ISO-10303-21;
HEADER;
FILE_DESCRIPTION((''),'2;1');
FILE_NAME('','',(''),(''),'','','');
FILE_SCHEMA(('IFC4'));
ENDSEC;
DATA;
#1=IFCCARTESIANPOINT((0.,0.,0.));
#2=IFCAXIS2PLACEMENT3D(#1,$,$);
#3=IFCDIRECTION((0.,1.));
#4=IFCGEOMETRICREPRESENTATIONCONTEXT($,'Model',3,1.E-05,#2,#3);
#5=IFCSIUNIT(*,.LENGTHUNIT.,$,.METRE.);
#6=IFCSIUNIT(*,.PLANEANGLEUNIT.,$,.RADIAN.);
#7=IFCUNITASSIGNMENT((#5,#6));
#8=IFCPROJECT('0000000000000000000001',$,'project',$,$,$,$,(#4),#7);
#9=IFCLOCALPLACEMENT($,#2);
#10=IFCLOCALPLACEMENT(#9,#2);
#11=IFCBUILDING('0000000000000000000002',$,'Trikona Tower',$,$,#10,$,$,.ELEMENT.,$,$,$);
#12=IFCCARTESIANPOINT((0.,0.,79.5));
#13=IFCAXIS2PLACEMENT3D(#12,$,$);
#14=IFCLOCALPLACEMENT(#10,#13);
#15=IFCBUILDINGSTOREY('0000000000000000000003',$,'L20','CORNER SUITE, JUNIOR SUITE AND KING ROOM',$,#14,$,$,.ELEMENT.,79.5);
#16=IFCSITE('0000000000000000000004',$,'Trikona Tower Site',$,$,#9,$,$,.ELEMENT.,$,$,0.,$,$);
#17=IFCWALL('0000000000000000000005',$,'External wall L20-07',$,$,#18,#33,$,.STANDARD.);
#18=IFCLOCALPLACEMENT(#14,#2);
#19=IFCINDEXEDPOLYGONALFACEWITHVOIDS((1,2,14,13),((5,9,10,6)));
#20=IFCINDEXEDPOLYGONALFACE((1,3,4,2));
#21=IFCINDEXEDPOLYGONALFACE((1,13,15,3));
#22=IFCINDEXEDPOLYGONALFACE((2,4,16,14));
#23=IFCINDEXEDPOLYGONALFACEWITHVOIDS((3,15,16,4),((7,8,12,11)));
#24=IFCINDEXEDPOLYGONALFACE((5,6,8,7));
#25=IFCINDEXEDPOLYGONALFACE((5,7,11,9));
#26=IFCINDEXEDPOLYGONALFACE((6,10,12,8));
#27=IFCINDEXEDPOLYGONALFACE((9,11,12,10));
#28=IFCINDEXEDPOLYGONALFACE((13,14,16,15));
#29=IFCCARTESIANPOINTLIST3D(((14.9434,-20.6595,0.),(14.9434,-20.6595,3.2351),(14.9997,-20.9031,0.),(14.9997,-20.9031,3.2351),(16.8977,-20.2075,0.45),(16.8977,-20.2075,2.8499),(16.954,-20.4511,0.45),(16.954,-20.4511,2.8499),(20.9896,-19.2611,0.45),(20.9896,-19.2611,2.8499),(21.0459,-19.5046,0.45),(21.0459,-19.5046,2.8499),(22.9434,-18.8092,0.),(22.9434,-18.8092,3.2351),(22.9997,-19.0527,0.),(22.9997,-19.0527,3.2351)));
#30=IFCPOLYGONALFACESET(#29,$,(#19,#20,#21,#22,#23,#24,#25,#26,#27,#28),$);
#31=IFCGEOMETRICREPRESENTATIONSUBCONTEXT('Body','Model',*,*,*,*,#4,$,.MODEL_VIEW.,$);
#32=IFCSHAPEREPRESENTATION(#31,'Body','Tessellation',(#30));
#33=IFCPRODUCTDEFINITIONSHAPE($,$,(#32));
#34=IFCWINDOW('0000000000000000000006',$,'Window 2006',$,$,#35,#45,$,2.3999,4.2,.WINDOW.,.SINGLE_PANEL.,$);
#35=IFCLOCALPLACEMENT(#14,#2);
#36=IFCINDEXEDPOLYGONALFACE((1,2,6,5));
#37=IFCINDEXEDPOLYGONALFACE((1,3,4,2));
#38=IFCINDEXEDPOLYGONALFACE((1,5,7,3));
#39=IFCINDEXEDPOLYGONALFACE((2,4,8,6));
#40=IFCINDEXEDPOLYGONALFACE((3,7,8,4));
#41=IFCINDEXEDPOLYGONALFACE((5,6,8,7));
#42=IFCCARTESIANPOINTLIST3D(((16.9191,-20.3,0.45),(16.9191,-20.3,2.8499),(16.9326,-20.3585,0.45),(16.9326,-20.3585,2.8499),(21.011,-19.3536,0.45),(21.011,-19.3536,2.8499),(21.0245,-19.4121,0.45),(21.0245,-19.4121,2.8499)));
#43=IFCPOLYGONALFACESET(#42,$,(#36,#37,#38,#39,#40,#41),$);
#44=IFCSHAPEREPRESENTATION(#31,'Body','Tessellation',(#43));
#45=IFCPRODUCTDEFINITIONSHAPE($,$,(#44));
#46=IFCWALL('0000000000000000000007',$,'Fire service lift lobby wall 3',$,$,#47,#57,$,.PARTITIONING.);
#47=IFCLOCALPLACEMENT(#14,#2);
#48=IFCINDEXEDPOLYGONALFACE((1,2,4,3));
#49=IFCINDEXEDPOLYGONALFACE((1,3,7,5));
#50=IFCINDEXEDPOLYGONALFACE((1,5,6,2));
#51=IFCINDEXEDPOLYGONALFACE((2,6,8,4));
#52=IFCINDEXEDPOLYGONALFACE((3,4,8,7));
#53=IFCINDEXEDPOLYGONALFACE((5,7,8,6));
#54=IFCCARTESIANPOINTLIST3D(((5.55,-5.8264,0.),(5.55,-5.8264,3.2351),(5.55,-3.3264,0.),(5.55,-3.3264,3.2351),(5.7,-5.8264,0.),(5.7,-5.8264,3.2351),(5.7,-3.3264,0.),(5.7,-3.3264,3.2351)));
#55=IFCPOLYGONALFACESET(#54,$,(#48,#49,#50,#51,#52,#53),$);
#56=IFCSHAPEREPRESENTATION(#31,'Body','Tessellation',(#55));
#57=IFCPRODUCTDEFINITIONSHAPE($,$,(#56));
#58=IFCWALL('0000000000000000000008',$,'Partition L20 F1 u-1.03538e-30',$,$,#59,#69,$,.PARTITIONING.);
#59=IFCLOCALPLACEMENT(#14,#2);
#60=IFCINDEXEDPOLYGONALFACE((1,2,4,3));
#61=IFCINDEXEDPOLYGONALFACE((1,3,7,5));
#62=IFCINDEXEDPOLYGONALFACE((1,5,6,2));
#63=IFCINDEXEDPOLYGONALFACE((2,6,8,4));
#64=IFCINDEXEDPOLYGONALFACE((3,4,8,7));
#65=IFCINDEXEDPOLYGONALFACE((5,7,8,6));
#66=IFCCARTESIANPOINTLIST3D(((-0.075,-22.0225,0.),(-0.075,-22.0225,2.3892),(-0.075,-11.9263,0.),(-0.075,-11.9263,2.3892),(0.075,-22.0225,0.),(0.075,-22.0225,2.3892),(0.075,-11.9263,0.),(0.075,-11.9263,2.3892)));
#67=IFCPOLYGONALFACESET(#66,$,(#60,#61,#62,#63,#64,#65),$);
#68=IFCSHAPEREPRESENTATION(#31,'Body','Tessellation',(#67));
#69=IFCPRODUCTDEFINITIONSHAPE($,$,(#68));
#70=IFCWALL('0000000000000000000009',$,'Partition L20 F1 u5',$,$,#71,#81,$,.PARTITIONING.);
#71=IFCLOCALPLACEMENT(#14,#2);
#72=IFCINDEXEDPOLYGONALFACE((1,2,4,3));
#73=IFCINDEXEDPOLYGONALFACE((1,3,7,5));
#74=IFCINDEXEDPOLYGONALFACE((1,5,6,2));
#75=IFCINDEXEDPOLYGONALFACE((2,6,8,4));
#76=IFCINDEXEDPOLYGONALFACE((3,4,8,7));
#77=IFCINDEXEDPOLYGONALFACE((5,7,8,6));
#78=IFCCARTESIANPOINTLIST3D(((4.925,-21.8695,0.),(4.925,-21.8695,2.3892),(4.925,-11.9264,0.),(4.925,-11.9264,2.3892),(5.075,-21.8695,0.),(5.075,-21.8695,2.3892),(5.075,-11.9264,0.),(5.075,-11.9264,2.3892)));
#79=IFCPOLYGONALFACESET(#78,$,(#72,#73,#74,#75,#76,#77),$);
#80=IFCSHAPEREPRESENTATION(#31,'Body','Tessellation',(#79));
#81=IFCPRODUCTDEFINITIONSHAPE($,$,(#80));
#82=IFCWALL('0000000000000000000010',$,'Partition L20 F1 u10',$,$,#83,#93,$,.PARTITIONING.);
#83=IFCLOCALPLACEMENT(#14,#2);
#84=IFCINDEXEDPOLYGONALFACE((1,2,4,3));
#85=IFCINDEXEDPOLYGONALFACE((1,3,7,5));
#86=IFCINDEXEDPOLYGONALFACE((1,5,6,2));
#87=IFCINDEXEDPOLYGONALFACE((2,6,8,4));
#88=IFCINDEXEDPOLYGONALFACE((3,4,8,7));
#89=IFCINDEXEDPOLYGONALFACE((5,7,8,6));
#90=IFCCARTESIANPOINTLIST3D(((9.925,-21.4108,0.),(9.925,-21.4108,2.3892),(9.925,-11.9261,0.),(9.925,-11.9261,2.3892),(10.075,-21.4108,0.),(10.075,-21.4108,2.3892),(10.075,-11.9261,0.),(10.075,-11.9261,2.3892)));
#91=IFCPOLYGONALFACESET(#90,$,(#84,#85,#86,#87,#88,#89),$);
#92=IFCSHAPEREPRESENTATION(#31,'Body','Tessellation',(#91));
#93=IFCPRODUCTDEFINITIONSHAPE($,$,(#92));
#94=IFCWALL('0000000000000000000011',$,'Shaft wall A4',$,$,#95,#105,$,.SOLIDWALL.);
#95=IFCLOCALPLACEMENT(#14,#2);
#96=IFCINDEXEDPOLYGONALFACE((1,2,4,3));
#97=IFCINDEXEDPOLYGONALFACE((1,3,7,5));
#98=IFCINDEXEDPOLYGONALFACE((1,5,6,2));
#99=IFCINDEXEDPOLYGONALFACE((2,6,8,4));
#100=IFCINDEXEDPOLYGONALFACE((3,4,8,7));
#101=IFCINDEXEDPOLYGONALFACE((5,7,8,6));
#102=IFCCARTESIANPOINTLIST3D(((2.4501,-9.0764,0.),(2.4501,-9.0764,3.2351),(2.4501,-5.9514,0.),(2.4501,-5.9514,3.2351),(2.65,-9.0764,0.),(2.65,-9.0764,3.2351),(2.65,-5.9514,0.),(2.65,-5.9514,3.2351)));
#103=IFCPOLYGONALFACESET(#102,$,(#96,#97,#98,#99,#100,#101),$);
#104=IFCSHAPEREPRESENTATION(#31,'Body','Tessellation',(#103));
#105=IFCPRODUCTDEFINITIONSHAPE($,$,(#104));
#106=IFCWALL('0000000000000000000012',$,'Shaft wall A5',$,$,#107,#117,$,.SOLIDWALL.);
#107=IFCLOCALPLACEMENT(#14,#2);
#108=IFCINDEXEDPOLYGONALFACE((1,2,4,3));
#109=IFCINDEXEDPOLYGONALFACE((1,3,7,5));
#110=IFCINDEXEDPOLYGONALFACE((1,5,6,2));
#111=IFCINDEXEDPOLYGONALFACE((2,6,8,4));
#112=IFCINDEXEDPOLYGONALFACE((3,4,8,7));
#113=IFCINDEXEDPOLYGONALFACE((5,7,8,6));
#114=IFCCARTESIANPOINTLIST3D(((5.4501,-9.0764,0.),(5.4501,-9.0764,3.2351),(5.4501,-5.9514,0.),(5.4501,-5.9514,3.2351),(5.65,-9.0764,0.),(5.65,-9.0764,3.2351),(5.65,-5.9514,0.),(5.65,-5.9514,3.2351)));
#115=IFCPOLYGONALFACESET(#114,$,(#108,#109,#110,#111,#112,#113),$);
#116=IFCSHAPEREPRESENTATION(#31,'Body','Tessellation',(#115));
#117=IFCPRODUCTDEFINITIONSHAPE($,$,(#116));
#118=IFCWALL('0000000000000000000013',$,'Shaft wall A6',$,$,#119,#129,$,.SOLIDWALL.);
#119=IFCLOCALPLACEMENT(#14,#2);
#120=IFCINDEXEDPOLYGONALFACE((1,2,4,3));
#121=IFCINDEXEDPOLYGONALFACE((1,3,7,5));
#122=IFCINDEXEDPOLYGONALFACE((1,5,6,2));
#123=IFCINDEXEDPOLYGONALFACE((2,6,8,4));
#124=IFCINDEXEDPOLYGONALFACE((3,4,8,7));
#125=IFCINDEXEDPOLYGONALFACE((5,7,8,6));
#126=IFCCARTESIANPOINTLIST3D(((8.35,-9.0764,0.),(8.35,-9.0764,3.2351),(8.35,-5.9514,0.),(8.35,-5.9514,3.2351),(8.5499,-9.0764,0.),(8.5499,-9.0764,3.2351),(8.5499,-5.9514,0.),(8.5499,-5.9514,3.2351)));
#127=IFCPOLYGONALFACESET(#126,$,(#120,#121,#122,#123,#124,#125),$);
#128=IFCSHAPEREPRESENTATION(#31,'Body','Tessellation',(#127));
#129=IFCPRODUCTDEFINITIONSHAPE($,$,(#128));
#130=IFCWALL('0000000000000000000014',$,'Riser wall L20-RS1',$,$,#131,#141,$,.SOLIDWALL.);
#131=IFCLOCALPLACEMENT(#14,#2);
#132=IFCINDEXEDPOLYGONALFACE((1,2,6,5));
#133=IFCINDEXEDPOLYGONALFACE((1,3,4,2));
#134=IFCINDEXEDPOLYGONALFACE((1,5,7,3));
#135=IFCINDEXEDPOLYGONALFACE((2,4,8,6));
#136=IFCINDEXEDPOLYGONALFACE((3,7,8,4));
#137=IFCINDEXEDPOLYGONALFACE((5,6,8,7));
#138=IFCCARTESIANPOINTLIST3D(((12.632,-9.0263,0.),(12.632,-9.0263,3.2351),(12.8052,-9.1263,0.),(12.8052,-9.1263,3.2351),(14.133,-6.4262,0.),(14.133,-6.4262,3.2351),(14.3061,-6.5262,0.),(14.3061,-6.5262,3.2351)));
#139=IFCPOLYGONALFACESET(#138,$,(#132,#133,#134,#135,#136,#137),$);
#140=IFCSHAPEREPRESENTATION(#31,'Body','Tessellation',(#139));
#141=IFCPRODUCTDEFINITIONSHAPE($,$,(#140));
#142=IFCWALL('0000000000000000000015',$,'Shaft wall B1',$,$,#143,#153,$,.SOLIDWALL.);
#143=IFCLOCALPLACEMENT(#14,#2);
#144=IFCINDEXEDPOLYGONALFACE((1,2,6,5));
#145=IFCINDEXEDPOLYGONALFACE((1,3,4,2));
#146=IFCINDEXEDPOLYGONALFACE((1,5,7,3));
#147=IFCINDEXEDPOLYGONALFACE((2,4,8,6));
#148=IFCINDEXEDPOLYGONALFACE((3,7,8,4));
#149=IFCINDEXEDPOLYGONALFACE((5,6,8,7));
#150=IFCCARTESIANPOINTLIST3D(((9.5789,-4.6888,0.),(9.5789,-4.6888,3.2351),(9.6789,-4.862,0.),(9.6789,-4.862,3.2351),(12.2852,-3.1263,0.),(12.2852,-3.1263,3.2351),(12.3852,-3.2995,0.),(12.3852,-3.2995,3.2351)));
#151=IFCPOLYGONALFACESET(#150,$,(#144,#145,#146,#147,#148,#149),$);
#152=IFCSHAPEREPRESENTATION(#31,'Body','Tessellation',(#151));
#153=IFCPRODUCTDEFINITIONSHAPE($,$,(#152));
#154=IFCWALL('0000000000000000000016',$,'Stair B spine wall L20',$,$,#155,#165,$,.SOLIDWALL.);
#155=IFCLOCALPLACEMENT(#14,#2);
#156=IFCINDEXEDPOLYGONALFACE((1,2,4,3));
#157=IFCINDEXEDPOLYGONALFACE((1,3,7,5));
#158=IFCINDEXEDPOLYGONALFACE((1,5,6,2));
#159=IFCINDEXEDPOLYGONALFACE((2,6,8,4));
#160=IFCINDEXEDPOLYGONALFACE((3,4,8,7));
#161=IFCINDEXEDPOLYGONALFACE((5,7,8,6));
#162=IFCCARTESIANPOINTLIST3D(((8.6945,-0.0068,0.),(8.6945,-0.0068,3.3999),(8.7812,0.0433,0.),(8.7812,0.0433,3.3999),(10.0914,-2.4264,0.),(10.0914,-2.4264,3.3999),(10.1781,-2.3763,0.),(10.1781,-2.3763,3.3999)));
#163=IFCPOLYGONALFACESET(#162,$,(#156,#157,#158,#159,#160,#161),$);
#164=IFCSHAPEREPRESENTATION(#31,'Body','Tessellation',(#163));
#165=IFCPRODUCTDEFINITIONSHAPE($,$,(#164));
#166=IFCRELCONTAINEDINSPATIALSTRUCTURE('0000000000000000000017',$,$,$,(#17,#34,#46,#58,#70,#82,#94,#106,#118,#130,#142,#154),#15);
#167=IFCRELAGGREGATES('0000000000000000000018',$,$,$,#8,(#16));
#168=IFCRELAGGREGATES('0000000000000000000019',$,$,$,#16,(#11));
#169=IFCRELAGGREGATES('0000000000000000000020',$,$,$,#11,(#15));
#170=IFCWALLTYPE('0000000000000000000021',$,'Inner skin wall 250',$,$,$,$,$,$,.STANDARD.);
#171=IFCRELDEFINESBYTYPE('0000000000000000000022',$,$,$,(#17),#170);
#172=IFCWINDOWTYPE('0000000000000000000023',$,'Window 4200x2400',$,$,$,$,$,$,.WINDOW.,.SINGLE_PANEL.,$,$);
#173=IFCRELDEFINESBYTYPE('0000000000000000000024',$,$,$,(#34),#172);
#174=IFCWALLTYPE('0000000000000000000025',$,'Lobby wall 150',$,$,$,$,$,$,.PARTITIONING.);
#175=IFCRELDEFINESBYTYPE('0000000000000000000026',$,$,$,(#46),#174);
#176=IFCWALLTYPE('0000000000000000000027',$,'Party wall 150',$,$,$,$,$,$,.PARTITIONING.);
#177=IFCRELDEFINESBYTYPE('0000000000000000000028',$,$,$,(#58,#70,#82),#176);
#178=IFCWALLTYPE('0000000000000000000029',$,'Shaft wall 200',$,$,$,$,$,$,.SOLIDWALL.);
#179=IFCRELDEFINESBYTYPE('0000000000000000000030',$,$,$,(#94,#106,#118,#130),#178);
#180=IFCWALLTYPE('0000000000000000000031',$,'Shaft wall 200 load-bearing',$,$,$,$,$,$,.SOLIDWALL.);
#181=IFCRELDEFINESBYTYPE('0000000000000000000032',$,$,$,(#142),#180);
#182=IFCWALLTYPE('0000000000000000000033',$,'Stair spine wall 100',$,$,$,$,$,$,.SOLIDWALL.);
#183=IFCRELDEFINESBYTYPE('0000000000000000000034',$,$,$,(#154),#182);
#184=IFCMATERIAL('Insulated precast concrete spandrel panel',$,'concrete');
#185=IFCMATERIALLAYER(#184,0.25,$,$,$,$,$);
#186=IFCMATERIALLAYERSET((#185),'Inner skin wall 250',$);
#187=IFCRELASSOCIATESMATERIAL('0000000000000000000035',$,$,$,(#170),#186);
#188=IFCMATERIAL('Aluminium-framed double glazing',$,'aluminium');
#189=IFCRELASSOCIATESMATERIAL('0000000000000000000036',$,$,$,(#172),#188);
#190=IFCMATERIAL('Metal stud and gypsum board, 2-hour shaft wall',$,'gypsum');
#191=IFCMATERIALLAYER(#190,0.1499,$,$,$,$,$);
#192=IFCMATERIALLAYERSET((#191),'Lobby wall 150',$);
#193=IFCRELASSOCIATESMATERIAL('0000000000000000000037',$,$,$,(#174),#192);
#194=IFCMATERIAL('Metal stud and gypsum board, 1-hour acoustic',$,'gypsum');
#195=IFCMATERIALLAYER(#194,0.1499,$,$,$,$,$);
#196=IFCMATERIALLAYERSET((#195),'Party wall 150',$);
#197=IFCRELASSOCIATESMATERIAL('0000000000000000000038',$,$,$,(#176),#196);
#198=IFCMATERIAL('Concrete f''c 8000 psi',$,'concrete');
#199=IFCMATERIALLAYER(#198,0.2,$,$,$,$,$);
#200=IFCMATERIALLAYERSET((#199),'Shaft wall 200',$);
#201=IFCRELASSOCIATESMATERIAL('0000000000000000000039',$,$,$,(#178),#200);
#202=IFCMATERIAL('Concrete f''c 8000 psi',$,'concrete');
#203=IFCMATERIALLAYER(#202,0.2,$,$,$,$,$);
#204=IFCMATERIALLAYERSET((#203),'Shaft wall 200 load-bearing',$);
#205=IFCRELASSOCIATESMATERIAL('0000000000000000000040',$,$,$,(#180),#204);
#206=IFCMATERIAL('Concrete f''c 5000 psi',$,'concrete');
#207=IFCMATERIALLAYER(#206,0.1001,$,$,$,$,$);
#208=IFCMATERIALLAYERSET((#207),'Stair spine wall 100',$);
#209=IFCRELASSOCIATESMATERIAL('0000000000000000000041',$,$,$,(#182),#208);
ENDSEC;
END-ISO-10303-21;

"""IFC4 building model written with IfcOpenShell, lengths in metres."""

from ifc_helpers import new_model, si_unit, direction, frame, frame_2d, origin, place, context, subcontext, project, spatial, rectangle, extrude, material, layer, layer_set, type_object, element, fill, save


model = new_model("IFC4")

# Units and contexts
model_context = context("Model", 3, precision=1e-05, world=origin(), true_north=direction((0.0, 1.0)))
body_context = subcontext(model_context, "Body", "Model", "MODEL_VIEW")
ifc_project = project(units=[si_unit("LENGTHUNIT", "METRE"), si_unit("PLANEANGLEUNIT", "RADIAN")], contexts=[model_context])

# Site, building, storey
site_placement = place(None, origin())
site = spatial("IfcSite", under=ifc_project, at=site_placement, Name="Trikona Tower Site", CompositionType="ELEMENT", RefElevation=0.0)
building_placement = place(site_placement, origin())
building = spatial("IfcBuilding", under=site, at=building_placement, Name="Trikona Tower", CompositionType="ELEMENT")
storey_placement = place(building_placement, frame((0.0, 0.0, 79.5)))
storey = spatial("IfcBuildingStorey", under=building, at=storey_placement, Name="L20", Description="CORNER SUITE, JUNIOR SUITE AND KING ROOM", CompositionType="ELEMENT", Elevation=79.5)

# Wall, opening, window
ifc_material_1 = material(Name="Insulated precast concrete spandrel panel", Category="concrete")
ifc_layer_1 = layer(ifc_material_1, 0.25)
ifc_layer_set_1 = layer_set([ifc_layer_1], Name="Inner skin wall 250")
wall_type_1 = type_object("IfcWallType", Name="Inner skin wall 250", PredefinedType="STANDARD", material=ifc_layer_set_1)
wall_1_placement = place(storey_placement, frame((14.9717, -20.7812, 0.0), z_axis=(0.0, 0.0, 1.0), x_axis=(0.974279, 0.225344, 0.0)))
wall_1 = element("IfcWall", 1, at=wall_1_placement, inside=storey, type_object=wall_type_1, Name="External wall L20-07", PredefinedType="STANDARD", context=body_context, shape_type="SweptSolid", body=[
    extrude(rectangle(XDim=8.2112, YDim=0.25, at=frame_2d((4.1055, 0.0))), origin(), (0.0, 0.0, 1.0), 3.2351),
])
opening_1_placement = place(wall_1_placement, frame((2.0056, 0.0, 0.45)))
opening_1 = element("IfcOpeningElement", 2, at=opening_1_placement, cuts=wall_1, PredefinedType="OPENING", context=body_context, shape_type="SweptSolid", body=[
    extrude(rectangle(XDim=4.2, YDim=2.3999, at=frame_2d((2.1001, 1.2))), frame((0.0, 0.135, 0.0), z_axis=(0.0, -1.0, 0.0), x_axis=(1.0, 0.0, 0.0)), (0.0, 0.0, 1.0), 0.27),
])
ifc_material_2 = material(Name="Aluminium-framed double glazing", Category="aluminium")
window_type = type_object("IfcWindowType", Name="Window 4200x2400", PartitioningType="SINGLE_PANEL", PredefinedType="WINDOW", material=ifc_material_2)
window_placement = place(opening_1_placement, origin())
window = element("IfcWindow", 3, at=window_placement, inside=storey, type_object=window_type, Name="Window 2006", OverallHeight=2.3999, OverallWidth=4.2, PartitioningType="SINGLE_PANEL", PredefinedType="WINDOW", context=body_context, shape_type="SweptSolid", body=[
    extrude(rectangle(XDim=4.2, YDim=2.3999, at=frame_2d((2.1001, 1.2))), frame((0.0, 0.03, 0.0), z_axis=(0.0, -1.0, 0.0), x_axis=(1.0, 0.0, 0.0)), (0.0, 0.0, 1.0), 0.0601),
])
fill(opening_1, window)

# Walls
ifc_material_3 = material(Name="Metal stud and gypsum board, 2-hour shaft wall", Category="gypsum")
ifc_layer_2 = layer(ifc_material_3, 0.1499)
ifc_layer_set_2 = layer_set([ifc_layer_2], Name="Lobby wall 150")
wall_type_2 = type_object("IfcWallType", Name="Lobby wall 150", PredefinedType="PARTITIONING", material=ifc_layer_set_2)
wall_2_placement = place(storey_placement, frame((5.625, -5.8264, 0.0), z_axis=(0.0, 0.0, 1.0), x_axis=(0.0, 1.0, 0.0)))
element("IfcWall", 4, at=wall_2_placement, inside=storey, type_object=wall_type_2, Name="Fire service lift lobby wall 3", PredefinedType="PARTITIONING", context=body_context, shape_type="SweptSolid", body=[
    extrude(rectangle(XDim=2.5, YDim=0.1499, at=frame_2d((1.25, 0.0))), origin(), (0.0, 0.0, 1.0), 3.2351),
])
ifc_material_4 = material(Name="Metal stud and gypsum board, 1-hour acoustic", Category="gypsum")
ifc_layer_3 = layer(ifc_material_4, 0.1499)
ifc_layer_set_3 = layer_set([ifc_layer_3], Name="Party wall 150")
wall_type_3 = type_object("IfcWallType", Name="Party wall 150", PredefinedType="PARTITIONING", material=ifc_layer_set_3)
wall_3_placement = place(storey_placement, frame((0.0, -11.9263, 0.0), z_axis=(0.0, 0.0, 1.0), x_axis=(0.0, -1.0, 0.0)))
element("IfcWall", 5, at=wall_3_placement, inside=storey, type_object=wall_type_3, Name="Partition L20 F1 u-1.03538e-30", PredefinedType="PARTITIONING", context=body_context, shape_type="SweptSolid", body=[
    extrude(rectangle(XDim=10.0962, YDim=0.1499, at=frame_2d((5.0481, 0.0))), origin(), (0.0, 0.0, 1.0), 2.3892),
])
wall_4_placement = place(storey_placement, frame((5.0, -11.9263, 0.0), z_axis=(0.0, 0.0, 1.0), x_axis=(0.0, -1.0, 0.0)))
element("IfcWall", 6, at=wall_4_placement, inside=storey, type_object=wall_type_3, Name="Partition L20 F1 u5", PredefinedType="PARTITIONING", context=body_context, shape_type="SweptSolid", body=[
    extrude(rectangle(XDim=9.9431, YDim=0.1499, at=frame_2d((4.9717, 0.0))), origin(), (0.0, 0.0, 1.0), 2.3892),
])
wall_5_placement = place(storey_placement, frame((10.0, -11.9263, 0.0), z_axis=(0.0, 0.0, 1.0), x_axis=(0.0, -1.0, 0.0)))
element("IfcWall", 7, at=wall_5_placement, inside=storey, type_object=wall_type_3, Name="Partition L20 F1 u10", PredefinedType="PARTITIONING", context=body_context, shape_type="SweptSolid", body=[
    extrude(rectangle(XDim=9.4846, YDim=0.1499, at=frame_2d((4.7422, 0.0))), origin(), (0.0, 0.0, 1.0), 2.3892),
])
ifc_material_5 = material(Name="Concrete f'c 8000 psi", Category="concrete")
ifc_layer_4 = layer(ifc_material_5, 0.2)
ifc_layer_set_4 = layer_set([ifc_layer_4], Name="Shaft wall 200")
wall_type_4 = type_object("IfcWallType", Name="Shaft wall 200", PredefinedType="SOLIDWALL", material=ifc_layer_set_4)
for number, where, z_axis, x_axis, name in (
    (8, (2.55, -5.9514, 0.0), (0.0, 0.0, 1.0), (0.0, -1.0, 0.0), "Shaft wall A4"),
    (9, (5.55, -5.9514, 0.0), (0.0, 0.0, 1.0), (0.0, -1.0, 0.0), "Shaft wall A5"),
    (10, (8.45, -5.9514, 0.0), (0.0, 0.0, 1.0), (0.0, -1.0, 0.0), "Shaft wall A6"),
):
    element("IfcWall", number, at=place(storey_placement, frame(where, z_axis=z_axis, x_axis=x_axis)), inside=storey, type_object=wall_type_4, Name=name, PredefinedType="SOLIDWALL", context=body_context, shape_type="SweptSolid", body=[
        extrude(rectangle(XDim=3.125, YDim=0.2, at=frame_2d((1.5625, 0.0))), origin(), (0.0, 0.0, 1.0), 3.2351),
    ])
wall_6_placement = place(storey_placement, frame((14.2195, -6.4763, 0.0), z_axis=(0.0, 0.0, 1.0), x_axis=(-0.499952, -0.866053, 0.0)))
element("IfcWall", 11, at=wall_6_placement, inside=storey, type_object=wall_type_4, Name="Riser wall L20-RS1", PredefinedType="SOLIDWALL", context=body_context, shape_type="SweptSolid", body=[
    extrude(rectangle(XDim=3.0022, YDim=0.2, at=frame_2d((1.501, 0.0))), origin(), (0.0, 0.0, 1.0), 3.2351),
])
ifc_material_6 = material(Name="Concrete f'c 8000 psi", Category="concrete")
ifc_layer_5 = layer(ifc_material_6, 0.2)
ifc_layer_set_5 = layer_set([ifc_layer_5], Name="Shaft wall 200 load-bearing")
wall_type_5 = type_object("IfcWallType", Name="Shaft wall 200 load-bearing", PredefinedType="SOLIDWALL", material=ifc_layer_set_5)
wall_7_placement = place(storey_placement, frame((9.6289, -4.7754, 0.0), z_axis=(0.0, 0.0, 1.0), x_axis=(0.866023, 0.500004, 0.0)))
element("IfcWall", 12, at=wall_7_placement, inside=storey, type_object=wall_type_5, Name="Shaft wall B1", PredefinedType="SOLIDWALL", context=body_context, shape_type="SweptSolid", body=[
    extrude(rectangle(XDim=3.125, YDim=0.2, at=frame_2d((1.5625, 0.0))), origin(), (0.0, 0.0, 1.0), 3.2351),
])
ifc_material_7 = material(Name="Concrete f'c 5000 psi", Category="concrete")
ifc_layer_6 = layer(ifc_material_7, 0.1001)
ifc_layer_set_6 = layer_set([ifc_layer_6], Name="Stair spine wall 100")
wall_type_6 = type_object("IfcWallType", Name="Stair spine wall 100", PredefinedType="SOLIDWALL", material=ifc_layer_set_6)
wall_8_placement = place(storey_placement, frame((10.1348, -2.4014, 0.0), z_axis=(0.0, 0.0, 1.0), x_axis=(-0.499992, 0.86603, 0.0)))
element("IfcWall", 13, at=wall_8_placement, inside=storey, type_object=wall_type_6, Name="Stair B spine wall L20", PredefinedType="SOLIDWALL", context=body_context, shape_type="SweptSolid", body=[
    extrude(rectangle(XDim=2.7939, YDim=0.1001, at=frame_2d((1.397, 0.0))), origin(), (0.0, 0.0, 1.0), 3.3999),
])

save(model, "model.ifc")
